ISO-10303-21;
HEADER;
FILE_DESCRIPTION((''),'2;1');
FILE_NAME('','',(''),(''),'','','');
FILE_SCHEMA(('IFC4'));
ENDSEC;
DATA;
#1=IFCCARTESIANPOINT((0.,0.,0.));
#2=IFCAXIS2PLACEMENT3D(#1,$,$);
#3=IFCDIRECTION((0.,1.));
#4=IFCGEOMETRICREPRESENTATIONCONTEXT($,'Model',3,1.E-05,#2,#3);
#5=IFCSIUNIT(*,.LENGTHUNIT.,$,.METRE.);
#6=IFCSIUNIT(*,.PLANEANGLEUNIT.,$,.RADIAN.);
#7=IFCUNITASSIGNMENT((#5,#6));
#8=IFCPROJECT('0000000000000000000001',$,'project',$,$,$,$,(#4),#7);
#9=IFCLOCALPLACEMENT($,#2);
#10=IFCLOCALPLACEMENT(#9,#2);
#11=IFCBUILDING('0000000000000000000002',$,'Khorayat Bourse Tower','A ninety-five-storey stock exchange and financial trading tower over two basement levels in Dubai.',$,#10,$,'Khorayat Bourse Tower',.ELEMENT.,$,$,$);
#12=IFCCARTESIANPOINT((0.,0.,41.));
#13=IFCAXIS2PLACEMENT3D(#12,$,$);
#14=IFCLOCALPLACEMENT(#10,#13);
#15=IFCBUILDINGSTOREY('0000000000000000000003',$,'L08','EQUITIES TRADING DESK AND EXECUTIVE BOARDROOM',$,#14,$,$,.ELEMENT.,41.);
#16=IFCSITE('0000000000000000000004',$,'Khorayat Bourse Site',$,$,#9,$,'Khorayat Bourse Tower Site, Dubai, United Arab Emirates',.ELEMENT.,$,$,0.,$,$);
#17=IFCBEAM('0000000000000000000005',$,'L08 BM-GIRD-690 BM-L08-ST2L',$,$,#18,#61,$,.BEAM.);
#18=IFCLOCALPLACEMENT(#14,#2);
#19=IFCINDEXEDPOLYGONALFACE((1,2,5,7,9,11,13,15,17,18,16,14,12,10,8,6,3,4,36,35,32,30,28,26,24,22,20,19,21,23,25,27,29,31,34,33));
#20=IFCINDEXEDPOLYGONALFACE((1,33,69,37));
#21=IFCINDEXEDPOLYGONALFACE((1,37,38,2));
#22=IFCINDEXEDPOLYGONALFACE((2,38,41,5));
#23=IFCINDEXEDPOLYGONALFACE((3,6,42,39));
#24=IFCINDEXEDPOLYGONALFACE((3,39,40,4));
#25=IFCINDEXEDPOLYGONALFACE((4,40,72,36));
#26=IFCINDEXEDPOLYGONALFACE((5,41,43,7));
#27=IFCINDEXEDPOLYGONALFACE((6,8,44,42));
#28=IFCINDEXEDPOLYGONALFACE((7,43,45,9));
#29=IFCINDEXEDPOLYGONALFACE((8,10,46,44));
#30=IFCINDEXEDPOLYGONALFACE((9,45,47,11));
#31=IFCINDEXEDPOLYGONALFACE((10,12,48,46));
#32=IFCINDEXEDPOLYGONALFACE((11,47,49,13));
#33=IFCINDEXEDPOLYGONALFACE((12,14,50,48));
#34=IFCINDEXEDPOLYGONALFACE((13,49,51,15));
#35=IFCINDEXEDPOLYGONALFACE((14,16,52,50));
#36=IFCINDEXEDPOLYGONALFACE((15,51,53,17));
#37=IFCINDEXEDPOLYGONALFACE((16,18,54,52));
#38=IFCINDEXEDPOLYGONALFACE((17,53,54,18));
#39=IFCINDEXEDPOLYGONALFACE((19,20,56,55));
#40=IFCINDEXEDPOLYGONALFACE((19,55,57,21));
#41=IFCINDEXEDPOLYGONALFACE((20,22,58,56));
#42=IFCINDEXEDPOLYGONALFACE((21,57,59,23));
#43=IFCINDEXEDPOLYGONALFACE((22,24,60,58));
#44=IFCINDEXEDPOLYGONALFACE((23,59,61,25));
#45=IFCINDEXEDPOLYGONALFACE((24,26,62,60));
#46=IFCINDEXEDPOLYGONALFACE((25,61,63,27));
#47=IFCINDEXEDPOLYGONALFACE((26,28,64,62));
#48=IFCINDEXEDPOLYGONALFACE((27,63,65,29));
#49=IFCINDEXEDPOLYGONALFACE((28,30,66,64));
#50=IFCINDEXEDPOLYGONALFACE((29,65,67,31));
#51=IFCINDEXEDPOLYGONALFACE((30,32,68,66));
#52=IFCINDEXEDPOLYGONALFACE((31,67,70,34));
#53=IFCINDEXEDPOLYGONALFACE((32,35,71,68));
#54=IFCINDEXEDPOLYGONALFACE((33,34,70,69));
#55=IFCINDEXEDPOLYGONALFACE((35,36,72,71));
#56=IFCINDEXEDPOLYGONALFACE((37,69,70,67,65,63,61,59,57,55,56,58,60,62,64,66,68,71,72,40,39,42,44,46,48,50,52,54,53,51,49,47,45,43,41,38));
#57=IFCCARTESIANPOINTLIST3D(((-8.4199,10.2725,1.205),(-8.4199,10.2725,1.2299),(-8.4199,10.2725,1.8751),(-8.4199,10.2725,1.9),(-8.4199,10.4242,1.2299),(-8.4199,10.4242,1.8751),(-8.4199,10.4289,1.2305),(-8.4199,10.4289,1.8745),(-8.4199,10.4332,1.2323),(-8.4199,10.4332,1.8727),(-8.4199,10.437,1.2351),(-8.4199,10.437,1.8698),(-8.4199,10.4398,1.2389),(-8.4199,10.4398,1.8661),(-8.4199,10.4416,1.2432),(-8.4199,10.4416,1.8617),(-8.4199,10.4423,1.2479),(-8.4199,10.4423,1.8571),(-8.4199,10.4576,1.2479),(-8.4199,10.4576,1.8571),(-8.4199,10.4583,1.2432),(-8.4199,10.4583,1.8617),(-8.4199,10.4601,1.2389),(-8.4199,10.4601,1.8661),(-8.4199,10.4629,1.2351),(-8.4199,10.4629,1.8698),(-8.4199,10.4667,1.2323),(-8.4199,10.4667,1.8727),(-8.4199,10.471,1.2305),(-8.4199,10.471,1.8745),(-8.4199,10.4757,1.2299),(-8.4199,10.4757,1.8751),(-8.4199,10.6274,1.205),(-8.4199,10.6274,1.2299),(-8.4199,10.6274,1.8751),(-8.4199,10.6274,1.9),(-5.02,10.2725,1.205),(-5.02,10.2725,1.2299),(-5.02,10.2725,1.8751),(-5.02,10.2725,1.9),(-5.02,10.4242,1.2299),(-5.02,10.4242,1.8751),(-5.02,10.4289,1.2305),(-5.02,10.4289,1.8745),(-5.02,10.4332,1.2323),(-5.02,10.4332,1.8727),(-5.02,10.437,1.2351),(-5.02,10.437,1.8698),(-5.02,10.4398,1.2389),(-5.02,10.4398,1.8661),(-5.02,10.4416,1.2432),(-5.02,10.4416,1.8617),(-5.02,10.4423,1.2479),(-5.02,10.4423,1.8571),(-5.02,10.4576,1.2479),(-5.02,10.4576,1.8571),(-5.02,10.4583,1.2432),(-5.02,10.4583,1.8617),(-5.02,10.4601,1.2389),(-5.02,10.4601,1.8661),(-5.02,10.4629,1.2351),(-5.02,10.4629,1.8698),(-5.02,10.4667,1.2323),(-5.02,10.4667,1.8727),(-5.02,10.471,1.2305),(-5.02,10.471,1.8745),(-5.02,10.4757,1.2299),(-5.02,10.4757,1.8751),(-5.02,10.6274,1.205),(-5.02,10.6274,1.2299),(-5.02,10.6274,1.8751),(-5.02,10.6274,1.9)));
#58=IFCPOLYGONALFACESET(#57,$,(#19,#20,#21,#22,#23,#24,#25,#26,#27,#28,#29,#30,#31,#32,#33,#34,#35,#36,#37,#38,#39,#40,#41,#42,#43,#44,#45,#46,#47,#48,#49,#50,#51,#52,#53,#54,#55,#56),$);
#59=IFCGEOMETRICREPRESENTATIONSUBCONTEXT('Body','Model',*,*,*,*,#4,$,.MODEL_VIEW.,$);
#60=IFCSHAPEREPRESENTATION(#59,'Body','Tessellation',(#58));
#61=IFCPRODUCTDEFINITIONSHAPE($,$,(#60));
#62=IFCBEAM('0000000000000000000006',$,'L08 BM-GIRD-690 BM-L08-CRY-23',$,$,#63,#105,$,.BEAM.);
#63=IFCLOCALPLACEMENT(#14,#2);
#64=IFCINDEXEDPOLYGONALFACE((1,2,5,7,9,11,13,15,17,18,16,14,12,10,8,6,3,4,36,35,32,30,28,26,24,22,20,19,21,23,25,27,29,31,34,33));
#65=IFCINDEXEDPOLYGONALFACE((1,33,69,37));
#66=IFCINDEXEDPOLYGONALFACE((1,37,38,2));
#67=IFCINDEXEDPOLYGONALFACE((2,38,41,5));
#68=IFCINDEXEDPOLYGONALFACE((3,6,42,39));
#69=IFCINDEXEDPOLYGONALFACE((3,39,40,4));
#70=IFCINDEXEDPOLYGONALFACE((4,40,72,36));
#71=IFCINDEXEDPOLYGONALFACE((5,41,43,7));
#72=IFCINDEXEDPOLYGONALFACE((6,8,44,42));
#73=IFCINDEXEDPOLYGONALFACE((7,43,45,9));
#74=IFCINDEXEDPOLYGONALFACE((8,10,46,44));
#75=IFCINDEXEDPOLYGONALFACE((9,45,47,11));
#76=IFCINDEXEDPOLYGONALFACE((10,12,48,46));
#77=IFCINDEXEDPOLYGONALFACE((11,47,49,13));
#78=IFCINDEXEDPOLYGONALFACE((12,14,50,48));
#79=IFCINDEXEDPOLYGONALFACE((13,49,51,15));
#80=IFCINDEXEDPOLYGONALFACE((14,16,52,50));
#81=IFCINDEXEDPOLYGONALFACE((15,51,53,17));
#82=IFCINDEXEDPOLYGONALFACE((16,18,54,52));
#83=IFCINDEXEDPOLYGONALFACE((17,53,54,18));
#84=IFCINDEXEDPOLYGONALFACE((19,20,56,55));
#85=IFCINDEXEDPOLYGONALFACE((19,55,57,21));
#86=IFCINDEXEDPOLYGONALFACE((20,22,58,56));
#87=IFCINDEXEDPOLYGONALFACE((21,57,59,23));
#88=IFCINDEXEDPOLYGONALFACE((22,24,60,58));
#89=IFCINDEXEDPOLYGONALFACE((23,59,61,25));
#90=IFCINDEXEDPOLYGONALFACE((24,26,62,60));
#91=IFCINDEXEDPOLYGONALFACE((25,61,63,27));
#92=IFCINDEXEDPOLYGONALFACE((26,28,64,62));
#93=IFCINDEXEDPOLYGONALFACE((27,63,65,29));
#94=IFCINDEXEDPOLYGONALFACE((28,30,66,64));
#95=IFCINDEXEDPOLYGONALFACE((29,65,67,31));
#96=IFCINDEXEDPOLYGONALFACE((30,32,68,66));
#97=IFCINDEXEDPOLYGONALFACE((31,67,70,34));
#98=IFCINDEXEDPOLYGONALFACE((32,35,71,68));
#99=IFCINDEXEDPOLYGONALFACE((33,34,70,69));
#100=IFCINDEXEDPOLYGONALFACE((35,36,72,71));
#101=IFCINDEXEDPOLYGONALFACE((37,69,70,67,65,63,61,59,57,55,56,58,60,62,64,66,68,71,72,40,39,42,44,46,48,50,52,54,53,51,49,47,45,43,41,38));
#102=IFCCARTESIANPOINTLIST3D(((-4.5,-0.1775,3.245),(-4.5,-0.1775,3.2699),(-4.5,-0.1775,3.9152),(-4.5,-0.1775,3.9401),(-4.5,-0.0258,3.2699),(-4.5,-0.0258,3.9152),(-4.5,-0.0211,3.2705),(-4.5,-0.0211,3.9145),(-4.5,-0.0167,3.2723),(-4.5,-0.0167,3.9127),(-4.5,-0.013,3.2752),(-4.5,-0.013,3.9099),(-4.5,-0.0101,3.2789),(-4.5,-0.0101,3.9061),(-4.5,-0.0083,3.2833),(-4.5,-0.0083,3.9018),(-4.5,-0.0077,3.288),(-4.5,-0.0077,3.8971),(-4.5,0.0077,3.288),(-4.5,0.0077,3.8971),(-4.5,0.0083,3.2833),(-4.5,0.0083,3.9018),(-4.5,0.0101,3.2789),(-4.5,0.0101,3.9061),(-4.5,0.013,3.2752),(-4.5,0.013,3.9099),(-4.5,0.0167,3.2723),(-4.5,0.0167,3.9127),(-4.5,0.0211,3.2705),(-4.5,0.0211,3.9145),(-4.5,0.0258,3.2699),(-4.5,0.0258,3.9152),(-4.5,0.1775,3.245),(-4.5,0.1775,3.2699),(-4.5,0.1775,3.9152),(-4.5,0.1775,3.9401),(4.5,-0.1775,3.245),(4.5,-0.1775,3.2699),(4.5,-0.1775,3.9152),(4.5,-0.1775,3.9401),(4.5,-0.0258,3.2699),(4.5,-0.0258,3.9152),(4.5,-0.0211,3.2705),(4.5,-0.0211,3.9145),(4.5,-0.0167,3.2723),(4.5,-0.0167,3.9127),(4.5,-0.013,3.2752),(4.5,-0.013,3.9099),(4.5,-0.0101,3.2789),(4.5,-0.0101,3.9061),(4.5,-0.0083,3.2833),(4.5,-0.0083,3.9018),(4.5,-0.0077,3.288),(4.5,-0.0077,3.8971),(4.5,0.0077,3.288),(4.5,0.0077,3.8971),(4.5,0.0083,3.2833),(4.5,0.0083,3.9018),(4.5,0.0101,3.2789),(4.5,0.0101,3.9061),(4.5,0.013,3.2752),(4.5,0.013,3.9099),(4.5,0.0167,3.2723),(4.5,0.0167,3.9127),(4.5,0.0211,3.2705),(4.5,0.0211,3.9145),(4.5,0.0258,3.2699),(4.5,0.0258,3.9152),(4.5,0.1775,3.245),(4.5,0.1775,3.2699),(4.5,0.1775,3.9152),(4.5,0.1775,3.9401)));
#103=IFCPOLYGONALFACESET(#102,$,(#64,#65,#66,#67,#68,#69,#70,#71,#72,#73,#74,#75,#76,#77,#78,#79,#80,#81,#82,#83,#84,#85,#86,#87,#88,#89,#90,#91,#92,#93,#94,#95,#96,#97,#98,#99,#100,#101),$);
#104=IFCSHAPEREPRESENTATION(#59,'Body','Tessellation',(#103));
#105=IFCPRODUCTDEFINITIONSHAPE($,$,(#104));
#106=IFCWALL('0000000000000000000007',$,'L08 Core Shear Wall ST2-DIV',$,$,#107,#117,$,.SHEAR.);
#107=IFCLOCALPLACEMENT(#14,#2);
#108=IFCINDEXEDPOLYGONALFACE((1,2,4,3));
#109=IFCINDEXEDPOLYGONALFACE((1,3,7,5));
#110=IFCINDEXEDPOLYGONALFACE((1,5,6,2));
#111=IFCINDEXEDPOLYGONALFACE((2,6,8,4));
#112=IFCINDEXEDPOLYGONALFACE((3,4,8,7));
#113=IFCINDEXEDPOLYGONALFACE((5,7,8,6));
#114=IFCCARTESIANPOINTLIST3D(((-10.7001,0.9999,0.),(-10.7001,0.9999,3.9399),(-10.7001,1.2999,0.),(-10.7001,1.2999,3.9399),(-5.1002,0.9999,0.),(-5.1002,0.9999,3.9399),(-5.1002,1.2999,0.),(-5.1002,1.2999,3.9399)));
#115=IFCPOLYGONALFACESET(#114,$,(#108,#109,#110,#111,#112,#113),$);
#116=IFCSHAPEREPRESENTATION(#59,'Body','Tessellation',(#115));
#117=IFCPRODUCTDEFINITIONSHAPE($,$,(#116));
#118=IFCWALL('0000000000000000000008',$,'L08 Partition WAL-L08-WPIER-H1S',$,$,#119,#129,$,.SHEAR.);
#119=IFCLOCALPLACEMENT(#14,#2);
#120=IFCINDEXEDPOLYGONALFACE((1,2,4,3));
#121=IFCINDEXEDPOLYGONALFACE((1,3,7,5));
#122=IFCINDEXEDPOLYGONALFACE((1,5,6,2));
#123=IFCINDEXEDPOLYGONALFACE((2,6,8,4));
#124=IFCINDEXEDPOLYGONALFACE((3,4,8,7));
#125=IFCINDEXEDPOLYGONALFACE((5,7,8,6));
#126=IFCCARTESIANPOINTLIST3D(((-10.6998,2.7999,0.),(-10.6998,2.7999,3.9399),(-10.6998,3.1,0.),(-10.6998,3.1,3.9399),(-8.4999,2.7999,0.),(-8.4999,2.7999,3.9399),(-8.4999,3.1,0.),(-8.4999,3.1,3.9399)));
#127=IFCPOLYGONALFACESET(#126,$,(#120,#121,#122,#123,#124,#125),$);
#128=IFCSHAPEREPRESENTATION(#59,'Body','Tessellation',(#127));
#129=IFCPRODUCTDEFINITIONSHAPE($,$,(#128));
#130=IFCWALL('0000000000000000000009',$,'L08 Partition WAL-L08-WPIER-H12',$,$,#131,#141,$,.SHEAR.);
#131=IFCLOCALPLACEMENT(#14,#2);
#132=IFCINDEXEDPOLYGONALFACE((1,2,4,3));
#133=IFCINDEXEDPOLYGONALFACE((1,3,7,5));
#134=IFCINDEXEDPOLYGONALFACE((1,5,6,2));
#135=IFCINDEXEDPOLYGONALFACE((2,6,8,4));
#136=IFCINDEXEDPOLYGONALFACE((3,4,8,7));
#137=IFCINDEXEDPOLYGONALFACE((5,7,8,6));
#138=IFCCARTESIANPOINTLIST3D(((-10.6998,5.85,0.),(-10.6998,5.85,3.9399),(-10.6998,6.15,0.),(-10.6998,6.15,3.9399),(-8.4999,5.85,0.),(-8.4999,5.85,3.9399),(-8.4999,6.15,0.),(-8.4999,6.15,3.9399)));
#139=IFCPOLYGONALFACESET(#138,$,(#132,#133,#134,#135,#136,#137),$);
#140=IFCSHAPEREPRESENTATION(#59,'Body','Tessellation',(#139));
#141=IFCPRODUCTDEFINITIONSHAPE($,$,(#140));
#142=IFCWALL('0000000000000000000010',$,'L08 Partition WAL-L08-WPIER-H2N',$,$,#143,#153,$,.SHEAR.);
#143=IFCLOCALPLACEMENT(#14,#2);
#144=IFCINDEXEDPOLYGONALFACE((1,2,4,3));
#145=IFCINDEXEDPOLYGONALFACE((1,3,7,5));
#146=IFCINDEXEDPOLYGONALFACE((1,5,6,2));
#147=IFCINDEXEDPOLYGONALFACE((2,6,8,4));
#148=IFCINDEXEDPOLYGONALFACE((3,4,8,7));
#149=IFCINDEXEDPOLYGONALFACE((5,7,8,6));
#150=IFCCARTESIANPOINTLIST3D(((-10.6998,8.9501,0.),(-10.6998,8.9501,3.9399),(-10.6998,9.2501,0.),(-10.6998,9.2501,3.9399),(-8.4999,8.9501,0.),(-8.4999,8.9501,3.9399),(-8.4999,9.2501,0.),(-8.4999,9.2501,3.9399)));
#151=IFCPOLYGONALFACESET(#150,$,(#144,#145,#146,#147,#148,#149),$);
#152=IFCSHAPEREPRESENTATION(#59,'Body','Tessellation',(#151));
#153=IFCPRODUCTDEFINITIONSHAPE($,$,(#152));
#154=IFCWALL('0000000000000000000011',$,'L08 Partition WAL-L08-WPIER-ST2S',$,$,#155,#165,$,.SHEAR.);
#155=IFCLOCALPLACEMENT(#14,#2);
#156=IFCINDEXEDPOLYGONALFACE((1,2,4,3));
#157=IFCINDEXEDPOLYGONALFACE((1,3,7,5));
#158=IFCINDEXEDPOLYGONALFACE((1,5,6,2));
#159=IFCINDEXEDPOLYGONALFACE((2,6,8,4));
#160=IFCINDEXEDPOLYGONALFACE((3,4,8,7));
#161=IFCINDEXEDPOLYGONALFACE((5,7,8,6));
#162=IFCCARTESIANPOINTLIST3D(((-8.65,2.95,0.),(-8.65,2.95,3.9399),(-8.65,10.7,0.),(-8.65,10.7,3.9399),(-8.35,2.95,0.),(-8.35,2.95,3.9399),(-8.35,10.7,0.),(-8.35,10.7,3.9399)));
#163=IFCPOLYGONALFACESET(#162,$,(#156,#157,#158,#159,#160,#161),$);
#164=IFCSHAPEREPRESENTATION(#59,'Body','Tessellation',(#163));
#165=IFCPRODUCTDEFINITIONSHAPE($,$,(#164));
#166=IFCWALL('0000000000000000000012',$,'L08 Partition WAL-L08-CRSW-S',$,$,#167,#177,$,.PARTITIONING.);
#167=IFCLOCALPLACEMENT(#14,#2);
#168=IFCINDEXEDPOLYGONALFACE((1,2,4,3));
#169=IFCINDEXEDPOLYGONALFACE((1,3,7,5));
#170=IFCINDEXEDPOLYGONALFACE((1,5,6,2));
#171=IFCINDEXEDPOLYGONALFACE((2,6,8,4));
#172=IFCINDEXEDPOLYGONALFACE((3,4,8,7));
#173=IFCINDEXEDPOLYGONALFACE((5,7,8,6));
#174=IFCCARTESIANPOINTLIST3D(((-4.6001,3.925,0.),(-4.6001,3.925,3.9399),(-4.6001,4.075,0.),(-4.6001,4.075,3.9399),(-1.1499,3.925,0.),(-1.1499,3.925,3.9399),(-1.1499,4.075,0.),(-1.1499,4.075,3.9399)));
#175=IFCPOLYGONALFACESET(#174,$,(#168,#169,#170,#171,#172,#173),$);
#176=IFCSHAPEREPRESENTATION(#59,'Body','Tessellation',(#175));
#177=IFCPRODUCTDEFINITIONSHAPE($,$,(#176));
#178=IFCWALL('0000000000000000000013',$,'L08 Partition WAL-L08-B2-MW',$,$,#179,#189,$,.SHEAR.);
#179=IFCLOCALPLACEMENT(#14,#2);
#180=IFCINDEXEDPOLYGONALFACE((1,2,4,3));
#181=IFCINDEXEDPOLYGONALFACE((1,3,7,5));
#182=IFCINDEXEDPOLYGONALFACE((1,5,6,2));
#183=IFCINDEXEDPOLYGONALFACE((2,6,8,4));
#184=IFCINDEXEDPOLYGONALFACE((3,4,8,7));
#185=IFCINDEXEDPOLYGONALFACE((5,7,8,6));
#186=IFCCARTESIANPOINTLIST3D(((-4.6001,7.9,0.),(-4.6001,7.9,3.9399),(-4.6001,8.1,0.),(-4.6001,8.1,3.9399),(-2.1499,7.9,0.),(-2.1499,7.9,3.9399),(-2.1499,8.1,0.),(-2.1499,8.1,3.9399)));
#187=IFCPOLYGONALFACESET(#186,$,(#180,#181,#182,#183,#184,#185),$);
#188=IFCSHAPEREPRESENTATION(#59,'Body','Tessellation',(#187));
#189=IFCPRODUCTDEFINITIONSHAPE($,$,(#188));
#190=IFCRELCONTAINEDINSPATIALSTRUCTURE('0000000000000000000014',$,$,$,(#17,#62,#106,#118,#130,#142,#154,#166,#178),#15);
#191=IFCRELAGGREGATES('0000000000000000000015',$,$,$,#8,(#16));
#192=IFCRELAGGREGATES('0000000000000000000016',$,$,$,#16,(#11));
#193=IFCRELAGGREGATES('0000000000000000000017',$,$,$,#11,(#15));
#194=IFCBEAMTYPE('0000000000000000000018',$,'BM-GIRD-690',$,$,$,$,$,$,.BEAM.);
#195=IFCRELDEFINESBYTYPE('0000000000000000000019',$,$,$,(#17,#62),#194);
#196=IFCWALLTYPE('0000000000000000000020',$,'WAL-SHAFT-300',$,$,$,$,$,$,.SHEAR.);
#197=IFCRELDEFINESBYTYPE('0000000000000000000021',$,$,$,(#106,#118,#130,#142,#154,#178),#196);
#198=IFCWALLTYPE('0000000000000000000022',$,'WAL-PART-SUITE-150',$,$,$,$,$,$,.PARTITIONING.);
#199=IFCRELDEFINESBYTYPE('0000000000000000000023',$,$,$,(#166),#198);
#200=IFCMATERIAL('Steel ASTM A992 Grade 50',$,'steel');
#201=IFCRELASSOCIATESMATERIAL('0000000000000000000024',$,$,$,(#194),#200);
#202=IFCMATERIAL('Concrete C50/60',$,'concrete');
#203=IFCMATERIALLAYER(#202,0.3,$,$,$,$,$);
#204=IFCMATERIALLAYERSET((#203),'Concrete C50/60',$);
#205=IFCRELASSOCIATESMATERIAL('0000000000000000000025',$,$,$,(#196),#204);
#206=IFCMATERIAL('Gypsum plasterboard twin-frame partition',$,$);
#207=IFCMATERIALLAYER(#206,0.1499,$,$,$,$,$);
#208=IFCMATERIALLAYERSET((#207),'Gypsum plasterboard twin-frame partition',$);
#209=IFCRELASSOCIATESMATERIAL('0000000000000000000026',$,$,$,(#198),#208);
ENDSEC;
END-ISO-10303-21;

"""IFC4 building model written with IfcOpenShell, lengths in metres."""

from ifc_helpers import new_model, si_unit, direction, frame, frame_2d, origin, origin_2d, place, context, subcontext, project, spatial, rectangle, i_section, extrude, source, transform, mapped, material, layer, layer_set, material_profile, profile_set, type_object, element, save


model = new_model("IFC4")

# Units and contexts
model_context = context("Model", 3, precision=1e-05, world=origin(), true_north=direction((0.0, 1.0)))
body_context = subcontext(model_context, "Body", "Model", "MODEL_VIEW")
ifc_project = project(units=[si_unit("LENGTHUNIT", "METRE"), si_unit("PLANEANGLEUNIT", "RADIAN")], contexts=[model_context])

# Site, building, storey
site_placement = place(None, origin())
site = spatial("IfcSite", under=ifc_project, at=site_placement, Name="Khorayat Bourse Site", LongName="Khorayat Bourse Tower Site, Dubai, United Arab Emirates", CompositionType="ELEMENT", RefElevation=0.0)
building_placement = place(site_placement, origin())
building = spatial("IfcBuilding", under=site, at=building_placement, Name="Khorayat Bourse Tower", Description="A ninety-five-storey stock exchange and financial trading tower over two basement levels in Dubai.", LongName="Khorayat Bourse Tower", CompositionType="ELEMENT")
storey_placement = place(building_placement, frame((0.0, 0.0, 41.0)))
storey = spatial("IfcBuildingStorey", under=building, at=storey_placement, Name="L08", Description="EQUITIES TRADING DESK AND EXECUTIVE BOARDROOM", CompositionType="ELEMENT", Elevation=41.0)

# Beams
ifc_material_1 = material(Name="Steel ASTM A992 Grade 50", Category="steel")
ifc_material_profile_1 = material_profile(ifc_material_1, i_section(OverallWidth=0.355, OverallDepth=0.6951, WebThickness=0.0154, FlangeThickness=0.0249, FilletRadius=0.0181, at=origin_2d()), Name="W690X217")
ifc_profile_set_1 = profile_set([ifc_material_profile_1], Name="Steel ASTM A992 Grade 50")
beam_type_1 = type_object("IfcBeamType", Name="BM-GIRD-690", PredefinedType="BEAM", material=ifc_profile_set_1)
shared_shape_1 = source(origin(), body_context, "Body", "SweptSolid", [
    extrude(i_section(OverallWidth=0.355, OverallDepth=0.6951, WebThickness=0.0154, FlangeThickness=0.0249, FilletRadius=0.0181, at=origin_2d()), origin(), (0.0, 0.0, 1.0), 3.3999),
])
beam_1_placement = place(storey_placement, frame((-8.4199, 10.45, 1.5525), z_axis=(1.0, 0.0, 0.0), x_axis=(0.0, 1.0, 0.0)))
element("IfcBeam", 1, at=beam_1_placement, inside=storey, type_object=beam_type_1, Name="L08 BM-GIRD-690 BM-L08-ST2L", PredefinedType="BEAM", context=body_context, shape_type="MappedRepresentation", body=[
    mapped(shared_shape_1, transform((0.0, 0.0, 0.0), scale=1.0)),
])
shared_shape_2 = source(origin(), body_context, "Body", "SweptSolid", [
    extrude(i_section(OverallWidth=0.355, OverallDepth=0.6951, WebThickness=0.0154, FlangeThickness=0.0249, FilletRadius=0.0181, at=origin_2d()), origin(), (0.0, 0.0, 1.0), 9.0),
])
beam_2_placement = place(storey_placement, frame((-4.5, 0.0, 3.5925), z_axis=(1.0, 0.0, 0.0), x_axis=(0.0, 1.0, 0.0)))
element("IfcBeam", 2, at=beam_2_placement, inside=storey, type_object=beam_type_1, Name="L08 BM-GIRD-690 BM-L08-CRY-23", PredefinedType="BEAM", context=body_context, shape_type="MappedRepresentation", body=[
    mapped(shared_shape_2, transform((0.0, 0.0, 0.0), scale=1.0)),
])

# Walls
ifc_material_2 = material(Name="Concrete C50/60", Category="concrete")
ifc_layer_1 = layer(ifc_material_2, 0.3)
ifc_layer_set_1 = layer_set([ifc_layer_1], Name="Concrete C50/60")
wall_type_1 = type_object("IfcWallType", Name="WAL-SHAFT-300", PredefinedType="SHEAR", material=ifc_layer_set_1)
shared_shape_3 = source(origin(), body_context, "Body", "SweptSolid", [
    extrude(rectangle(XDim=5.5999, YDim=0.3, at=frame_2d((2.7998, 0.0))), origin(), (0.0, 0.0, 1.0), 3.9399),
])
wall_1_placement = place(storey_placement, frame((-10.7, 1.1499, 0.0), z_axis=(0.0, 0.0, 1.0), x_axis=(1.0, 0.0, 0.0)))
element("IfcWall", 3, at=wall_1_placement, inside=storey, type_object=wall_type_1, Name="L08 Core Shear Wall ST2-DIV", PredefinedType="SHEAR", context=body_context, shape_type="MappedRepresentation", body=[
    mapped(shared_shape_3, transform((0.0, 0.0, 0.0), scale=1.0)),
])
shared_shape_4 = source(origin(), body_context, "Body", "SweptSolid", [
    extrude(rectangle(XDim=2.2, YDim=0.3, at=frame_2d((1.1001, 0.0))), origin(), (0.0, 0.0, 1.0), 3.9399),
])
for number, where, z_axis, x_axis, name in (
    (4, (-10.7, 2.95, 0.0), (0.0, 0.0, 1.0), (1.0, 0.0, 0.0), "L08 Partition WAL-L08-WPIER-H1S"),
    (5, (-10.7, 6.0, 0.0), (0.0, 0.0, 1.0), (1.0, 0.0, 0.0), "L08 Partition WAL-L08-WPIER-H12"),
    (6, (-10.7, 9.1001, 0.0), (0.0, 0.0, 1.0), (1.0, 0.0, 0.0), "L08 Partition WAL-L08-WPIER-H2N"),
):
    element("IfcWall", number, at=place(storey_placement, frame(where, z_axis=z_axis, x_axis=x_axis)), inside=storey, type_object=wall_type_1, Name=name, PredefinedType="SHEAR", context=body_context, shape_type="MappedRepresentation", body=[
        mapped(shared_shape_4, transform((0.0, 0.0, 0.0), scale=1.0)),
    ])
shared_shape_5 = source(origin(), body_context, "Body", "SweptSolid", [
    extrude(rectangle(XDim=7.75, YDim=0.3, at=frame_2d((3.875, 0.0))), origin(), (0.0, 0.0, 1.0), 3.9399),
])
wall_2_placement = place(storey_placement, frame((-8.5, 2.95, 0.0), z_axis=(0.0, 0.0, 1.0), x_axis=(0.0, 1.0, 0.0)))
element("IfcWall", 7, at=wall_2_placement, inside=storey, type_object=wall_type_1, Name="L08 Partition WAL-L08-WPIER-ST2S", PredefinedType="SHEAR", context=body_context, shape_type="MappedRepresentation", body=[
    mapped(shared_shape_5, transform((0.0, 0.0, 0.0), scale=1.0)),
])
ifc_material_3 = material(Name="Gypsum plasterboard twin-frame partition")
ifc_layer_2 = layer(ifc_material_3, 0.1499)
ifc_layer_set_2 = layer_set([ifc_layer_2], Name="Gypsum plasterboard twin-frame partition")
wall_type_2 = type_object("IfcWallType", Name="WAL-PART-SUITE-150", PredefinedType="PARTITIONING", material=ifc_layer_set_2)
shared_shape_6 = source(origin(), body_context, "Body", "SweptSolid", [
    extrude(rectangle(XDim=3.4502, YDim=0.1499, at=frame_2d((1.7251, 0.0))), origin(), (0.0, 0.0, 1.0), 3.9399),
])
wall_3_placement = place(storey_placement, frame((-4.6001, 4.0, 0.0), z_axis=(0.0, 0.0, 1.0), x_axis=(1.0, 0.0, 0.0)))
element("IfcWall", 8, at=wall_3_placement, inside=storey, type_object=wall_type_2, Name="L08 Partition WAL-L08-CRSW-S", PredefinedType="PARTITIONING", context=body_context, shape_type="MappedRepresentation", body=[
    mapped(shared_shape_6, transform((0.0, 0.0, 0.0), scale=1.0)),
])
shared_shape_7 = source(origin(), body_context, "Body", "SweptSolid", [
    extrude(rectangle(XDim=2.4502, YDim=0.2, at=frame_2d((1.2251, 0.0))), origin(), (0.0, 0.0, 1.0), 3.9399),
])
wall_4_placement = place(storey_placement, frame((-4.6001, 8.0, 0.0), z_axis=(0.0, 0.0, 1.0), x_axis=(1.0, 0.0, 0.0)))
element("IfcWall", 9, at=wall_4_placement, inside=storey, type_object=wall_type_1, Name="L08 Partition WAL-L08-B2-MW", PredefinedType="SHEAR", context=body_context, shape_type="MappedRepresentation", body=[
    mapped(shared_shape_7, transform((0.0, 0.0, 0.0), scale=1.0)),
])

save(model, "model.ifc")
